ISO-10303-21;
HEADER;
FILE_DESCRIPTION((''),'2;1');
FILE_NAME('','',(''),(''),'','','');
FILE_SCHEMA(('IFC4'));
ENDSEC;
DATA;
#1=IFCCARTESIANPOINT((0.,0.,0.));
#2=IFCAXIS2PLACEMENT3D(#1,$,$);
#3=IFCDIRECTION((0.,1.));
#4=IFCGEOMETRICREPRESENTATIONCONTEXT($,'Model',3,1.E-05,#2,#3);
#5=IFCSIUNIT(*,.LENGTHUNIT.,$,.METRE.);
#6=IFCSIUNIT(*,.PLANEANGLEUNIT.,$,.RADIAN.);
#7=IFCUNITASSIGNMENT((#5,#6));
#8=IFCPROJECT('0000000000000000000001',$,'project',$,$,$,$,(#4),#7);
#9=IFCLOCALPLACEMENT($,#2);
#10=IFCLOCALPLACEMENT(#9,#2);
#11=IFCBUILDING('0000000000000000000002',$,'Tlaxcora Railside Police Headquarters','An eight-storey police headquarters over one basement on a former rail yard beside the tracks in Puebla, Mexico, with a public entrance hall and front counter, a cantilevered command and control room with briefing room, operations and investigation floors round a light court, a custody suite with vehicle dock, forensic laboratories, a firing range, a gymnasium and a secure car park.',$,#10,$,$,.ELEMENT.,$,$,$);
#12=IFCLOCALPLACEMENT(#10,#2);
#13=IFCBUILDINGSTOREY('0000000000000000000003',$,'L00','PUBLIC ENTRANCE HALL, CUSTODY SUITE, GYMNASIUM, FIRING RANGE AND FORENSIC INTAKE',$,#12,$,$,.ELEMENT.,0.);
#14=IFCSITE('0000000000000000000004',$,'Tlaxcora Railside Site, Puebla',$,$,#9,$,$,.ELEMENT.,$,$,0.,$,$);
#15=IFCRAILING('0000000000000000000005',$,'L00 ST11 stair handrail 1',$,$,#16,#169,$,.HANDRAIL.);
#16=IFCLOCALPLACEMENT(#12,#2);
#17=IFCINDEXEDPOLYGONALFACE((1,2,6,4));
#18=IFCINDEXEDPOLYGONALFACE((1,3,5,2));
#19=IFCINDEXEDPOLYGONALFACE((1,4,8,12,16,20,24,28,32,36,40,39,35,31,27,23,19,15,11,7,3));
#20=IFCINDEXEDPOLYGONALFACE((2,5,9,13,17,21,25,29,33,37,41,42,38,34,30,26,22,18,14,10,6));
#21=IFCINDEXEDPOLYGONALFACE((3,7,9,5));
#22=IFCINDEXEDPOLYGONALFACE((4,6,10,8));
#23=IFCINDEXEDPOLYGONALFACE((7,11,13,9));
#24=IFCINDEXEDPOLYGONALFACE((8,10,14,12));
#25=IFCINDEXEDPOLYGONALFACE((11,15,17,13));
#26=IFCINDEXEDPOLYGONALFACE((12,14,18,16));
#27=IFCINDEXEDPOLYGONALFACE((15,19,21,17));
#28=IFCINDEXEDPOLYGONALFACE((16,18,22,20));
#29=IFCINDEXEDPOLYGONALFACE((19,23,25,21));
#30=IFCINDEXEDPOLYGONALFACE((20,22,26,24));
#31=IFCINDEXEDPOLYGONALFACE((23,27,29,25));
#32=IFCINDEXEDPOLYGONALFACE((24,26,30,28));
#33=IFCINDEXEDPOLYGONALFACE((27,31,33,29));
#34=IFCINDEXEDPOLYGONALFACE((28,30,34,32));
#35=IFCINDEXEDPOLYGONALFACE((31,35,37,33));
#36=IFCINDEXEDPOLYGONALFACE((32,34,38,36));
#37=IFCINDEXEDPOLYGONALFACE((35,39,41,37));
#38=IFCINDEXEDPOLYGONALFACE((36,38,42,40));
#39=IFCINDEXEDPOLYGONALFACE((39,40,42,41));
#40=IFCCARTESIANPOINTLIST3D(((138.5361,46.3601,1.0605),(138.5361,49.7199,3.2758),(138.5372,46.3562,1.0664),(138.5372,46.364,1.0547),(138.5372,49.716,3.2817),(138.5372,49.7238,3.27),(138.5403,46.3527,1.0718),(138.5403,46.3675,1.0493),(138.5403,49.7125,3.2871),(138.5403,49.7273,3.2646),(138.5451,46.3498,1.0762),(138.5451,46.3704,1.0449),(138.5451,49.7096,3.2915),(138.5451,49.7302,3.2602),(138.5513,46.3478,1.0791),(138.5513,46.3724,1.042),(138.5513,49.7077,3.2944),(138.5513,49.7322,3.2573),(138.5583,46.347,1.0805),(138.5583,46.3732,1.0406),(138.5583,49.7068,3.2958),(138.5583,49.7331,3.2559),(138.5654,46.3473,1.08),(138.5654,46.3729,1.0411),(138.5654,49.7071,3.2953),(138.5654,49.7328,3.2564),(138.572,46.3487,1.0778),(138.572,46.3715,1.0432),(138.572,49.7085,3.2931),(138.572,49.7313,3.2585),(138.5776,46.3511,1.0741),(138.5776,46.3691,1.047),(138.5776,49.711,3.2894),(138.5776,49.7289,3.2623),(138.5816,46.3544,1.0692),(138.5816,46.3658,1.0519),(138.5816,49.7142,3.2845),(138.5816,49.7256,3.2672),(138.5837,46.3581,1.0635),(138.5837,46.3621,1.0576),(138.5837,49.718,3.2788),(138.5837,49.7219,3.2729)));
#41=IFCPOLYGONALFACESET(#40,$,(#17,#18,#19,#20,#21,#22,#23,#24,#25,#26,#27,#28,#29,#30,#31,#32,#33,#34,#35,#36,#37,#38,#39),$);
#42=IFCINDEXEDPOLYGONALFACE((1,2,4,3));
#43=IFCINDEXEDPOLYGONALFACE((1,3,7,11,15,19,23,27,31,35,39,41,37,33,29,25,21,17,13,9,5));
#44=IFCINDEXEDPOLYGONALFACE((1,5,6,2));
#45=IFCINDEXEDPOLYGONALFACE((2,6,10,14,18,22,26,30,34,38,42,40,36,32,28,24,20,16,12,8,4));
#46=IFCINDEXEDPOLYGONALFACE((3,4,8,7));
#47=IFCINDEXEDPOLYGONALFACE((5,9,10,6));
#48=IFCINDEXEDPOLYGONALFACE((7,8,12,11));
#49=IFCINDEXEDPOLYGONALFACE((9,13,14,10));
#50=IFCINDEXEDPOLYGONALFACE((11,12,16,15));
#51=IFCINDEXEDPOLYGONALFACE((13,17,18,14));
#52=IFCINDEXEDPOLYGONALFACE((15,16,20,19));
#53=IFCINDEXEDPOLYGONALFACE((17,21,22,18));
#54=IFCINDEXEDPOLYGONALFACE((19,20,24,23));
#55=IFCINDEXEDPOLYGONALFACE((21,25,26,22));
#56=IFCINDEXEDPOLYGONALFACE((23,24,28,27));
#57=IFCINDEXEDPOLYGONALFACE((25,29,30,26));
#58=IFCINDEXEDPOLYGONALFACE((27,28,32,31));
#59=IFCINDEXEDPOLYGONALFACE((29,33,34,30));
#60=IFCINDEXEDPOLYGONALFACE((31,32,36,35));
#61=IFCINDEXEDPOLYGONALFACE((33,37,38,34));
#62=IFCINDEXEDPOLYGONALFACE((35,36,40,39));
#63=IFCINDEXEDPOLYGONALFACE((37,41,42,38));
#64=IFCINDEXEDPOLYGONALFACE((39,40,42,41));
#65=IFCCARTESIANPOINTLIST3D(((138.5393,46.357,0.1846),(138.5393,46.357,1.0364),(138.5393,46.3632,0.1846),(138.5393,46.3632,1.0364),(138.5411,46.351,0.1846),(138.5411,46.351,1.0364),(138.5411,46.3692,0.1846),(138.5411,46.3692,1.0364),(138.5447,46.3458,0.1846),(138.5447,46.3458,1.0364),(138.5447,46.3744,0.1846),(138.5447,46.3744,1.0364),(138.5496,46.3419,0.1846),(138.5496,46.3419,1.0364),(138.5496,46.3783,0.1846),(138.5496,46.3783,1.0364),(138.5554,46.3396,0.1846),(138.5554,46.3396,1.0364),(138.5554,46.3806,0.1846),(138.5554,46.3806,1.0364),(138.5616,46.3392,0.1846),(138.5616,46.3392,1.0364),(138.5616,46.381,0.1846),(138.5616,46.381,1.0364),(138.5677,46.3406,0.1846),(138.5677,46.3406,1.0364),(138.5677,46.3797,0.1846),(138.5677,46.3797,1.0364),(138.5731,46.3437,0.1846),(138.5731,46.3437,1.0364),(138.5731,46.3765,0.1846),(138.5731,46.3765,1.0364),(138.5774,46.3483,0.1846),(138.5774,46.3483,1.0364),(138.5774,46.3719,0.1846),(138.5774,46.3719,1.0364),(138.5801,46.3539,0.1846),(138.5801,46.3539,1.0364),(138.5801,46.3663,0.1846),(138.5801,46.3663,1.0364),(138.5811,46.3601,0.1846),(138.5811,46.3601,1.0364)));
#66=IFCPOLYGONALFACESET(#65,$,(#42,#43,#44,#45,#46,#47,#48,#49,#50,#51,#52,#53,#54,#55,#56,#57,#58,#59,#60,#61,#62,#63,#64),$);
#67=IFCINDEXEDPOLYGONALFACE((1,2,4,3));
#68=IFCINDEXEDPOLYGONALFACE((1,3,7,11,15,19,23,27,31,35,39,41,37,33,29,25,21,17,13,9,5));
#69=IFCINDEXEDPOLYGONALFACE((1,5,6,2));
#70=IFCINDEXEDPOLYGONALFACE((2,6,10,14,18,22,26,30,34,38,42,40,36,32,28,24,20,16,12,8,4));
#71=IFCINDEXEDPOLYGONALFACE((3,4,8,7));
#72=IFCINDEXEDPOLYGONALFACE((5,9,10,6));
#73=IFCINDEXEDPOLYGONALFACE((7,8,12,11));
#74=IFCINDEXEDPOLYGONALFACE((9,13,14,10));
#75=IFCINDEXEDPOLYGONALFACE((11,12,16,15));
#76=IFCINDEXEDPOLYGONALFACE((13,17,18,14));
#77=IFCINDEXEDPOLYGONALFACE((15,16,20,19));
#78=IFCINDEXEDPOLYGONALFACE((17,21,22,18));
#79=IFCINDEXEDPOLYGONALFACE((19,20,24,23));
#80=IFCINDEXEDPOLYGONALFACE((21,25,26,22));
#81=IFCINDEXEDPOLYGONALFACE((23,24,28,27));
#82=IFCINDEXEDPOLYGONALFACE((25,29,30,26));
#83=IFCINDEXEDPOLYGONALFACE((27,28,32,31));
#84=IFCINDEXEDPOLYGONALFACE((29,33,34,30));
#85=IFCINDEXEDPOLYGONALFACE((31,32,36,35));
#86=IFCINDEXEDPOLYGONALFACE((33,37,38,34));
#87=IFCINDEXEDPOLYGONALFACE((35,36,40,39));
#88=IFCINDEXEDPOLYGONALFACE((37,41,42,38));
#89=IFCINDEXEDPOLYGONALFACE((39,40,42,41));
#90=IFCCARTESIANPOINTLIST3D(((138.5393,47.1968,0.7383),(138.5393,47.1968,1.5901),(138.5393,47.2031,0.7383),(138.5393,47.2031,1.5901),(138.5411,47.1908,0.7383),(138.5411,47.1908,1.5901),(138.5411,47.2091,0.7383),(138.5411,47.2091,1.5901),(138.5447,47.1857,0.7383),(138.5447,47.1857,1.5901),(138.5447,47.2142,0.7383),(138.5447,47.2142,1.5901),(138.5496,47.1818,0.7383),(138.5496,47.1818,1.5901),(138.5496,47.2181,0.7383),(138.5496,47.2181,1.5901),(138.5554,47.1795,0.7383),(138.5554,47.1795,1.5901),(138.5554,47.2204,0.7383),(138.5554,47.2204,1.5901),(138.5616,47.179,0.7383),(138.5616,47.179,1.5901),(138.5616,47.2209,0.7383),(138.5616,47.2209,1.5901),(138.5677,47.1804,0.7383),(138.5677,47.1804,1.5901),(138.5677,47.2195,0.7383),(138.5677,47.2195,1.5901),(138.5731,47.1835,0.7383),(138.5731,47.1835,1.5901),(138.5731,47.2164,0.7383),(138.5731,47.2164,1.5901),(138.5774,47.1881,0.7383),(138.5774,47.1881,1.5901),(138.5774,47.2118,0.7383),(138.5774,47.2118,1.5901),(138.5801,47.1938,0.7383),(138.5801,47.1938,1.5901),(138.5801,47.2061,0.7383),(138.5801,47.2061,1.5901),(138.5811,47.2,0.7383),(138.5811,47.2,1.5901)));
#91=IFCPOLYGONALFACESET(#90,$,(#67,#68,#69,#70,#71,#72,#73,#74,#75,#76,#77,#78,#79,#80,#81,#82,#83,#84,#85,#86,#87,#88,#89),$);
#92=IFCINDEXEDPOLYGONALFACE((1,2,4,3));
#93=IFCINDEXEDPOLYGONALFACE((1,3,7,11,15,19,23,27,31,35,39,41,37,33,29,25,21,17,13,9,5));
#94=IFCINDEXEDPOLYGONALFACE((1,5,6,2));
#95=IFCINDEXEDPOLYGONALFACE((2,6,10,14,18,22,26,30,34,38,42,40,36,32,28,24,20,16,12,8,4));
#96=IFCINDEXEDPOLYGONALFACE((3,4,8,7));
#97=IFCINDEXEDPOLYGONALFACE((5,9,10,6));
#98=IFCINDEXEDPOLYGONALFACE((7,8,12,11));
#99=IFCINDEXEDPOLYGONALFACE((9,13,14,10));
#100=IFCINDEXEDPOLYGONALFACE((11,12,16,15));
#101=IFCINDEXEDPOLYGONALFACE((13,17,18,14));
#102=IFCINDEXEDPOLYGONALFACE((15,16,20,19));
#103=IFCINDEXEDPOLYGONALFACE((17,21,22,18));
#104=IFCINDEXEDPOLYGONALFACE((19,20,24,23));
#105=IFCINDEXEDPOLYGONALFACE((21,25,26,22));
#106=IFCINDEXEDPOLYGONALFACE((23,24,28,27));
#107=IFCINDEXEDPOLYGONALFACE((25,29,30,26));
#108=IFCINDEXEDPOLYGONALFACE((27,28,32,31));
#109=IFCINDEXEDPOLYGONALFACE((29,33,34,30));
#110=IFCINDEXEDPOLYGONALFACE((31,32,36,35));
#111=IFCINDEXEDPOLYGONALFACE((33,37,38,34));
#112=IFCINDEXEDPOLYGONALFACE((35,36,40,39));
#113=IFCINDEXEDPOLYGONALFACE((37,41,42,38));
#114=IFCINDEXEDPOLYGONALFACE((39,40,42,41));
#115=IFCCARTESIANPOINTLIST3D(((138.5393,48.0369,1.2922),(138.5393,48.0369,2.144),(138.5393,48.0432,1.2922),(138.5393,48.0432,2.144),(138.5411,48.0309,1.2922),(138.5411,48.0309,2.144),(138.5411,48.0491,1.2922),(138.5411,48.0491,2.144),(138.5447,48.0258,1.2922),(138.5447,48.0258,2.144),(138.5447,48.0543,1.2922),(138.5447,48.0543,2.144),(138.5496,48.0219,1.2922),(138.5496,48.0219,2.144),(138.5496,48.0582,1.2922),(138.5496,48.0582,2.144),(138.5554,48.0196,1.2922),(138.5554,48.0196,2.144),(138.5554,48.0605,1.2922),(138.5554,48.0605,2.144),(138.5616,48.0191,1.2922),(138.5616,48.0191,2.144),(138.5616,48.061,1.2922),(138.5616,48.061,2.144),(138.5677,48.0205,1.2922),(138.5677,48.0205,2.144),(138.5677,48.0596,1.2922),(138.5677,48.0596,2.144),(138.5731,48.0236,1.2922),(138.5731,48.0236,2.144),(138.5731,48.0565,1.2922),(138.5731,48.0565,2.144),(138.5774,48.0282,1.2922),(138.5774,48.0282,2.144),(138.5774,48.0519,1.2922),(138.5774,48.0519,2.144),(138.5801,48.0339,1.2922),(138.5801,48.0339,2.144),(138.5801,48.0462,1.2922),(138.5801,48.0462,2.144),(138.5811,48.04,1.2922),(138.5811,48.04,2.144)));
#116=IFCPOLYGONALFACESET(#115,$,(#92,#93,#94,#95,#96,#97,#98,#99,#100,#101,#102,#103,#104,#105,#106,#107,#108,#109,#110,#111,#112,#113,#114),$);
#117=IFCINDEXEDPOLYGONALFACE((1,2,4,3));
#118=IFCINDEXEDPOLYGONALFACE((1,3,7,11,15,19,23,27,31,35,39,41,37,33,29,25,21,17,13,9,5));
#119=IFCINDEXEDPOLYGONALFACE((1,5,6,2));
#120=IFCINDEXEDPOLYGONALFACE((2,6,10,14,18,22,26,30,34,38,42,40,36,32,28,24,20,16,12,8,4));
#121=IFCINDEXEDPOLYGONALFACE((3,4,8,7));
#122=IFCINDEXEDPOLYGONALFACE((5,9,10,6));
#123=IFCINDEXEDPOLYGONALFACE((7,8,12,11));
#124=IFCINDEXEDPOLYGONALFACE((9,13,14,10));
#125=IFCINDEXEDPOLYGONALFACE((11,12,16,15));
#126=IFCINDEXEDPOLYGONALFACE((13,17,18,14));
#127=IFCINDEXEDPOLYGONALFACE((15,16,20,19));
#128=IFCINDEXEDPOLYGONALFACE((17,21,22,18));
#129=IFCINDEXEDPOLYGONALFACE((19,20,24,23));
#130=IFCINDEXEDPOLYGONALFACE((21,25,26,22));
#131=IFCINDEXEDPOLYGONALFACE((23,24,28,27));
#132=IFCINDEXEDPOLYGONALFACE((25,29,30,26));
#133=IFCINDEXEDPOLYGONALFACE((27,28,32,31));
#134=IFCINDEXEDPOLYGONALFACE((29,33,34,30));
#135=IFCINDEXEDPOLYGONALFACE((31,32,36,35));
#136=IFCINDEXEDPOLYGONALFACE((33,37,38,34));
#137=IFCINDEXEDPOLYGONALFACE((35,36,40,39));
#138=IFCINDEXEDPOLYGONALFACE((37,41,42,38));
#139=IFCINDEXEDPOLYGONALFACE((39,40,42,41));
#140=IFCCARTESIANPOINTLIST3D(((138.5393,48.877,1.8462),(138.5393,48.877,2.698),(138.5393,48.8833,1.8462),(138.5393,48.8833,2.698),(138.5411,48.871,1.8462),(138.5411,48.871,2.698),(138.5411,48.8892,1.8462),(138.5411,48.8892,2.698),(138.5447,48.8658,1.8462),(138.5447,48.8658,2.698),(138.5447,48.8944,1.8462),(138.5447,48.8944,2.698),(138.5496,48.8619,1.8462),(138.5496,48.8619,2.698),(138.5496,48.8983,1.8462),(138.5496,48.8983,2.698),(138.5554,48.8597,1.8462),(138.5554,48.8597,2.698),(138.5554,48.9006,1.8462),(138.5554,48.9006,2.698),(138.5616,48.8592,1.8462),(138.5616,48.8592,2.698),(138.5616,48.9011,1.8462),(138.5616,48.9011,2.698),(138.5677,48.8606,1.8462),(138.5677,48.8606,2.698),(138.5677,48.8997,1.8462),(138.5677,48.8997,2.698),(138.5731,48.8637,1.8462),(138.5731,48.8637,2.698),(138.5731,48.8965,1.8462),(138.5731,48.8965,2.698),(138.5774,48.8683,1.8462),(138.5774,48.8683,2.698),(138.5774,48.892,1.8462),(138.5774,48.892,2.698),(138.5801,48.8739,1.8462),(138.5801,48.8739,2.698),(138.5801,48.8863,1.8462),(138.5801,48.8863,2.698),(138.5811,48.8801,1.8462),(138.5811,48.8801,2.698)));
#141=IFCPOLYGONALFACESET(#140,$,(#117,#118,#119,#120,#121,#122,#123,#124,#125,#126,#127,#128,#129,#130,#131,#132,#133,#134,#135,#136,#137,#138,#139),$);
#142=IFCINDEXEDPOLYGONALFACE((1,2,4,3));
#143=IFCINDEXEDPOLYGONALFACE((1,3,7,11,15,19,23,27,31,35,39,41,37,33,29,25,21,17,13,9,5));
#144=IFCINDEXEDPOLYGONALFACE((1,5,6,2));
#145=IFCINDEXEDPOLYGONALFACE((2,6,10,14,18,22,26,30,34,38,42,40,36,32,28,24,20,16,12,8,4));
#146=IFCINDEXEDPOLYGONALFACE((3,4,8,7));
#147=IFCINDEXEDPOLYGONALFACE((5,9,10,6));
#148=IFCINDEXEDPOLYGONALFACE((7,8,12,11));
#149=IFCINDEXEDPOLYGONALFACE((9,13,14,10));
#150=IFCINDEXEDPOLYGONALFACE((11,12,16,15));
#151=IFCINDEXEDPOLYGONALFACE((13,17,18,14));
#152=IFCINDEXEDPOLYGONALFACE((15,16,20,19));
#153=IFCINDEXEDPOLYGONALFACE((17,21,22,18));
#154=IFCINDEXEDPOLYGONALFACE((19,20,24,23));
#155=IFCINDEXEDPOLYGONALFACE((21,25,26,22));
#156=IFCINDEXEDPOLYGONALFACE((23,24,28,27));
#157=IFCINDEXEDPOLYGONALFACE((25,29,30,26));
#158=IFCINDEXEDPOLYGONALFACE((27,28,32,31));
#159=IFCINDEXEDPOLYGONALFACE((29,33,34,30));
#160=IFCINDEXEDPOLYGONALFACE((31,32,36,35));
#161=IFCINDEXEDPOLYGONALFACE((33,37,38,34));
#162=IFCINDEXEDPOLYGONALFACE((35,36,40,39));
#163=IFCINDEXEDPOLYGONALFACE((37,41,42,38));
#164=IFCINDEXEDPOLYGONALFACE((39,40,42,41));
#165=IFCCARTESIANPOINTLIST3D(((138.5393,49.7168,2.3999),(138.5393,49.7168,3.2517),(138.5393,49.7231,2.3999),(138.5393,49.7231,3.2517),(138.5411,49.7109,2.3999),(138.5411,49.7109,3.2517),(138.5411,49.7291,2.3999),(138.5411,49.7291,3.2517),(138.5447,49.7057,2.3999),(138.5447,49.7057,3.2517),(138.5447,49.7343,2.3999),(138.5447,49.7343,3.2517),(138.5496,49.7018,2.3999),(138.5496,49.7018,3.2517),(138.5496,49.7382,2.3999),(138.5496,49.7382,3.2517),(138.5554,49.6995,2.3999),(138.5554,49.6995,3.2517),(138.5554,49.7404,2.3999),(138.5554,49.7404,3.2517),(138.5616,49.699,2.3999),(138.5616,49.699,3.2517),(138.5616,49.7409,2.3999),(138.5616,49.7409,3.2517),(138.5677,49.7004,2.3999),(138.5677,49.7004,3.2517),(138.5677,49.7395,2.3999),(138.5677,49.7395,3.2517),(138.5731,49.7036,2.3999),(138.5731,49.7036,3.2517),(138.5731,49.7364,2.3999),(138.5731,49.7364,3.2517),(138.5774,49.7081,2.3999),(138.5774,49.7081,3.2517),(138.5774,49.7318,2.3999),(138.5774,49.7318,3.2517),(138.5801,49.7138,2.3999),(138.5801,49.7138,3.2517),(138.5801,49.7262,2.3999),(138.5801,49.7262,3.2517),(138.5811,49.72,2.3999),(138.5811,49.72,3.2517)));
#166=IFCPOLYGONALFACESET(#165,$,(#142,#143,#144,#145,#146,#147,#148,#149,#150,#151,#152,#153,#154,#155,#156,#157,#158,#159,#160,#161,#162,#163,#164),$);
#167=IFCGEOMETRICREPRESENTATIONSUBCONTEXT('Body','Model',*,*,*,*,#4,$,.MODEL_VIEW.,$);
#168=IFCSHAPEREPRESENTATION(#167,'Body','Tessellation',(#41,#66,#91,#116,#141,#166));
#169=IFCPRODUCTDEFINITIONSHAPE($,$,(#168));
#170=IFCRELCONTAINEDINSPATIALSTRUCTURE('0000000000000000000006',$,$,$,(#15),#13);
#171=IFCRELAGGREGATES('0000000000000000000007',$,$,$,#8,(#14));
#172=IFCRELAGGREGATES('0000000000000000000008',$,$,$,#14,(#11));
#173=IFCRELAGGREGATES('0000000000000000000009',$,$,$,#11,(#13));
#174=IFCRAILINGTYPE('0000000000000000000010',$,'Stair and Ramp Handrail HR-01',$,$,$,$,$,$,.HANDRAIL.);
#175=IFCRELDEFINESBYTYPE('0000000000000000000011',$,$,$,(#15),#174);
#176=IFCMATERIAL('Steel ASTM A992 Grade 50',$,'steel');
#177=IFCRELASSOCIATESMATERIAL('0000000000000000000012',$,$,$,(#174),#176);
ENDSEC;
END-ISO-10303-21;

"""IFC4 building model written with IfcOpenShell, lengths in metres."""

from ifc_helpers import new_model, si_unit, direction, frame, origin, origin_2d, place, context, subcontext, project, spatial, circle, extrude, material, type_object, element, save


model = new_model("IFC4")

# Units and contexts
model_context = context("Model", 3, precision=1e-05, world=origin(), true_north=direction((0.0, 1.0)))
body_context = subcontext(model_context, "Body", "Model", "MODEL_VIEW")
ifc_project = project(units=[si_unit("LENGTHUNIT", "METRE"), si_unit("PLANEANGLEUNIT", "RADIAN")], contexts=[model_context])

# Site, building, storey
site_placement = place(None, origin())
site = spatial("IfcSite", under=ifc_project, at=site_placement, Name="Tlaxcora Railside Site, Puebla", CompositionType="ELEMENT", RefElevation=0.0)
building_placement = place(site_placement, origin())
building = spatial("IfcBuilding", under=site, at=building_placement, Name="Tlaxcora Railside Police Headquarters", Description="An eight-storey police headquarters over one basement on a former rail yard beside the tracks in Puebla, Mexico, with a public entrance hall and front counter, a cantilevered command and control room with briefing room, operations and investigation floors round a light court, a custody suite with vehicle dock, forensic laboratories, a firing range, a gymnasium and a secure car park.", CompositionType="ELEMENT")
storey_placement = place(building_placement, origin())
storey = spatial("IfcBuildingStorey", under=building, at=storey_placement, Name="L00", Description="PUBLIC ENTRANCE HALL, CUSTODY SUITE, GYMNASIUM, FIRING RANGE AND FORENSIC INTAKE", CompositionType="ELEMENT", Elevation=0.0)

# Shared definitions
ifc_material_1 = material(Name="Steel ASTM A992 Grade 50", Category="steel")

# Railing
railing_type = type_object("IfcRailingType", Name="Stair and Ramp Handrail HR-01", PredefinedType="HANDRAIL", material=ifc_material_1)
railing_placement = place(storey_placement, frame((138.5601, 46.3601, 0.1846)))
element("IfcRailing", 1, at=railing_placement, inside=storey, type_object=railing_type, Name="L00 ST11 stair handrail 1", PredefinedType="HANDRAIL", context=body_context, shape_type="SweptSolid", body=[
    extrude(circle(Radius=0.0239, at=origin_2d()), frame((0.0, 0.0, 0.876), z_axis=(0.0, 0.834858, 0.550465), x_axis=(-1.0, 0.0, 0.0)), (0.0, 0.0, 1.0), 4.0244),
    extrude(circle(Radius=0.021, at=origin_2d()), origin(), (0.0, 0.0, 1.0), 0.8518),
    extrude(circle(Radius=0.021, at=origin_2d()), frame((0.0, 0.8398, 0.5537)), (0.0, 0.0, 1.0), 0.8518),
    extrude(circle(Radius=0.021, at=origin_2d()), frame((0.0, 1.6799, 1.1077)), (0.0, 0.0, 1.0), 0.8518),
    extrude(circle(Radius=0.021, at=origin_2d()), frame((0.0, 2.52, 1.6616)), (0.0, 0.0, 1.0), 0.8518),
    extrude(circle(Radius=0.021, at=origin_2d()), frame((0.0, 3.3599, 2.2153)), (0.0, 0.0, 1.0), 0.8518),
])

save(model, "model.ifc")
